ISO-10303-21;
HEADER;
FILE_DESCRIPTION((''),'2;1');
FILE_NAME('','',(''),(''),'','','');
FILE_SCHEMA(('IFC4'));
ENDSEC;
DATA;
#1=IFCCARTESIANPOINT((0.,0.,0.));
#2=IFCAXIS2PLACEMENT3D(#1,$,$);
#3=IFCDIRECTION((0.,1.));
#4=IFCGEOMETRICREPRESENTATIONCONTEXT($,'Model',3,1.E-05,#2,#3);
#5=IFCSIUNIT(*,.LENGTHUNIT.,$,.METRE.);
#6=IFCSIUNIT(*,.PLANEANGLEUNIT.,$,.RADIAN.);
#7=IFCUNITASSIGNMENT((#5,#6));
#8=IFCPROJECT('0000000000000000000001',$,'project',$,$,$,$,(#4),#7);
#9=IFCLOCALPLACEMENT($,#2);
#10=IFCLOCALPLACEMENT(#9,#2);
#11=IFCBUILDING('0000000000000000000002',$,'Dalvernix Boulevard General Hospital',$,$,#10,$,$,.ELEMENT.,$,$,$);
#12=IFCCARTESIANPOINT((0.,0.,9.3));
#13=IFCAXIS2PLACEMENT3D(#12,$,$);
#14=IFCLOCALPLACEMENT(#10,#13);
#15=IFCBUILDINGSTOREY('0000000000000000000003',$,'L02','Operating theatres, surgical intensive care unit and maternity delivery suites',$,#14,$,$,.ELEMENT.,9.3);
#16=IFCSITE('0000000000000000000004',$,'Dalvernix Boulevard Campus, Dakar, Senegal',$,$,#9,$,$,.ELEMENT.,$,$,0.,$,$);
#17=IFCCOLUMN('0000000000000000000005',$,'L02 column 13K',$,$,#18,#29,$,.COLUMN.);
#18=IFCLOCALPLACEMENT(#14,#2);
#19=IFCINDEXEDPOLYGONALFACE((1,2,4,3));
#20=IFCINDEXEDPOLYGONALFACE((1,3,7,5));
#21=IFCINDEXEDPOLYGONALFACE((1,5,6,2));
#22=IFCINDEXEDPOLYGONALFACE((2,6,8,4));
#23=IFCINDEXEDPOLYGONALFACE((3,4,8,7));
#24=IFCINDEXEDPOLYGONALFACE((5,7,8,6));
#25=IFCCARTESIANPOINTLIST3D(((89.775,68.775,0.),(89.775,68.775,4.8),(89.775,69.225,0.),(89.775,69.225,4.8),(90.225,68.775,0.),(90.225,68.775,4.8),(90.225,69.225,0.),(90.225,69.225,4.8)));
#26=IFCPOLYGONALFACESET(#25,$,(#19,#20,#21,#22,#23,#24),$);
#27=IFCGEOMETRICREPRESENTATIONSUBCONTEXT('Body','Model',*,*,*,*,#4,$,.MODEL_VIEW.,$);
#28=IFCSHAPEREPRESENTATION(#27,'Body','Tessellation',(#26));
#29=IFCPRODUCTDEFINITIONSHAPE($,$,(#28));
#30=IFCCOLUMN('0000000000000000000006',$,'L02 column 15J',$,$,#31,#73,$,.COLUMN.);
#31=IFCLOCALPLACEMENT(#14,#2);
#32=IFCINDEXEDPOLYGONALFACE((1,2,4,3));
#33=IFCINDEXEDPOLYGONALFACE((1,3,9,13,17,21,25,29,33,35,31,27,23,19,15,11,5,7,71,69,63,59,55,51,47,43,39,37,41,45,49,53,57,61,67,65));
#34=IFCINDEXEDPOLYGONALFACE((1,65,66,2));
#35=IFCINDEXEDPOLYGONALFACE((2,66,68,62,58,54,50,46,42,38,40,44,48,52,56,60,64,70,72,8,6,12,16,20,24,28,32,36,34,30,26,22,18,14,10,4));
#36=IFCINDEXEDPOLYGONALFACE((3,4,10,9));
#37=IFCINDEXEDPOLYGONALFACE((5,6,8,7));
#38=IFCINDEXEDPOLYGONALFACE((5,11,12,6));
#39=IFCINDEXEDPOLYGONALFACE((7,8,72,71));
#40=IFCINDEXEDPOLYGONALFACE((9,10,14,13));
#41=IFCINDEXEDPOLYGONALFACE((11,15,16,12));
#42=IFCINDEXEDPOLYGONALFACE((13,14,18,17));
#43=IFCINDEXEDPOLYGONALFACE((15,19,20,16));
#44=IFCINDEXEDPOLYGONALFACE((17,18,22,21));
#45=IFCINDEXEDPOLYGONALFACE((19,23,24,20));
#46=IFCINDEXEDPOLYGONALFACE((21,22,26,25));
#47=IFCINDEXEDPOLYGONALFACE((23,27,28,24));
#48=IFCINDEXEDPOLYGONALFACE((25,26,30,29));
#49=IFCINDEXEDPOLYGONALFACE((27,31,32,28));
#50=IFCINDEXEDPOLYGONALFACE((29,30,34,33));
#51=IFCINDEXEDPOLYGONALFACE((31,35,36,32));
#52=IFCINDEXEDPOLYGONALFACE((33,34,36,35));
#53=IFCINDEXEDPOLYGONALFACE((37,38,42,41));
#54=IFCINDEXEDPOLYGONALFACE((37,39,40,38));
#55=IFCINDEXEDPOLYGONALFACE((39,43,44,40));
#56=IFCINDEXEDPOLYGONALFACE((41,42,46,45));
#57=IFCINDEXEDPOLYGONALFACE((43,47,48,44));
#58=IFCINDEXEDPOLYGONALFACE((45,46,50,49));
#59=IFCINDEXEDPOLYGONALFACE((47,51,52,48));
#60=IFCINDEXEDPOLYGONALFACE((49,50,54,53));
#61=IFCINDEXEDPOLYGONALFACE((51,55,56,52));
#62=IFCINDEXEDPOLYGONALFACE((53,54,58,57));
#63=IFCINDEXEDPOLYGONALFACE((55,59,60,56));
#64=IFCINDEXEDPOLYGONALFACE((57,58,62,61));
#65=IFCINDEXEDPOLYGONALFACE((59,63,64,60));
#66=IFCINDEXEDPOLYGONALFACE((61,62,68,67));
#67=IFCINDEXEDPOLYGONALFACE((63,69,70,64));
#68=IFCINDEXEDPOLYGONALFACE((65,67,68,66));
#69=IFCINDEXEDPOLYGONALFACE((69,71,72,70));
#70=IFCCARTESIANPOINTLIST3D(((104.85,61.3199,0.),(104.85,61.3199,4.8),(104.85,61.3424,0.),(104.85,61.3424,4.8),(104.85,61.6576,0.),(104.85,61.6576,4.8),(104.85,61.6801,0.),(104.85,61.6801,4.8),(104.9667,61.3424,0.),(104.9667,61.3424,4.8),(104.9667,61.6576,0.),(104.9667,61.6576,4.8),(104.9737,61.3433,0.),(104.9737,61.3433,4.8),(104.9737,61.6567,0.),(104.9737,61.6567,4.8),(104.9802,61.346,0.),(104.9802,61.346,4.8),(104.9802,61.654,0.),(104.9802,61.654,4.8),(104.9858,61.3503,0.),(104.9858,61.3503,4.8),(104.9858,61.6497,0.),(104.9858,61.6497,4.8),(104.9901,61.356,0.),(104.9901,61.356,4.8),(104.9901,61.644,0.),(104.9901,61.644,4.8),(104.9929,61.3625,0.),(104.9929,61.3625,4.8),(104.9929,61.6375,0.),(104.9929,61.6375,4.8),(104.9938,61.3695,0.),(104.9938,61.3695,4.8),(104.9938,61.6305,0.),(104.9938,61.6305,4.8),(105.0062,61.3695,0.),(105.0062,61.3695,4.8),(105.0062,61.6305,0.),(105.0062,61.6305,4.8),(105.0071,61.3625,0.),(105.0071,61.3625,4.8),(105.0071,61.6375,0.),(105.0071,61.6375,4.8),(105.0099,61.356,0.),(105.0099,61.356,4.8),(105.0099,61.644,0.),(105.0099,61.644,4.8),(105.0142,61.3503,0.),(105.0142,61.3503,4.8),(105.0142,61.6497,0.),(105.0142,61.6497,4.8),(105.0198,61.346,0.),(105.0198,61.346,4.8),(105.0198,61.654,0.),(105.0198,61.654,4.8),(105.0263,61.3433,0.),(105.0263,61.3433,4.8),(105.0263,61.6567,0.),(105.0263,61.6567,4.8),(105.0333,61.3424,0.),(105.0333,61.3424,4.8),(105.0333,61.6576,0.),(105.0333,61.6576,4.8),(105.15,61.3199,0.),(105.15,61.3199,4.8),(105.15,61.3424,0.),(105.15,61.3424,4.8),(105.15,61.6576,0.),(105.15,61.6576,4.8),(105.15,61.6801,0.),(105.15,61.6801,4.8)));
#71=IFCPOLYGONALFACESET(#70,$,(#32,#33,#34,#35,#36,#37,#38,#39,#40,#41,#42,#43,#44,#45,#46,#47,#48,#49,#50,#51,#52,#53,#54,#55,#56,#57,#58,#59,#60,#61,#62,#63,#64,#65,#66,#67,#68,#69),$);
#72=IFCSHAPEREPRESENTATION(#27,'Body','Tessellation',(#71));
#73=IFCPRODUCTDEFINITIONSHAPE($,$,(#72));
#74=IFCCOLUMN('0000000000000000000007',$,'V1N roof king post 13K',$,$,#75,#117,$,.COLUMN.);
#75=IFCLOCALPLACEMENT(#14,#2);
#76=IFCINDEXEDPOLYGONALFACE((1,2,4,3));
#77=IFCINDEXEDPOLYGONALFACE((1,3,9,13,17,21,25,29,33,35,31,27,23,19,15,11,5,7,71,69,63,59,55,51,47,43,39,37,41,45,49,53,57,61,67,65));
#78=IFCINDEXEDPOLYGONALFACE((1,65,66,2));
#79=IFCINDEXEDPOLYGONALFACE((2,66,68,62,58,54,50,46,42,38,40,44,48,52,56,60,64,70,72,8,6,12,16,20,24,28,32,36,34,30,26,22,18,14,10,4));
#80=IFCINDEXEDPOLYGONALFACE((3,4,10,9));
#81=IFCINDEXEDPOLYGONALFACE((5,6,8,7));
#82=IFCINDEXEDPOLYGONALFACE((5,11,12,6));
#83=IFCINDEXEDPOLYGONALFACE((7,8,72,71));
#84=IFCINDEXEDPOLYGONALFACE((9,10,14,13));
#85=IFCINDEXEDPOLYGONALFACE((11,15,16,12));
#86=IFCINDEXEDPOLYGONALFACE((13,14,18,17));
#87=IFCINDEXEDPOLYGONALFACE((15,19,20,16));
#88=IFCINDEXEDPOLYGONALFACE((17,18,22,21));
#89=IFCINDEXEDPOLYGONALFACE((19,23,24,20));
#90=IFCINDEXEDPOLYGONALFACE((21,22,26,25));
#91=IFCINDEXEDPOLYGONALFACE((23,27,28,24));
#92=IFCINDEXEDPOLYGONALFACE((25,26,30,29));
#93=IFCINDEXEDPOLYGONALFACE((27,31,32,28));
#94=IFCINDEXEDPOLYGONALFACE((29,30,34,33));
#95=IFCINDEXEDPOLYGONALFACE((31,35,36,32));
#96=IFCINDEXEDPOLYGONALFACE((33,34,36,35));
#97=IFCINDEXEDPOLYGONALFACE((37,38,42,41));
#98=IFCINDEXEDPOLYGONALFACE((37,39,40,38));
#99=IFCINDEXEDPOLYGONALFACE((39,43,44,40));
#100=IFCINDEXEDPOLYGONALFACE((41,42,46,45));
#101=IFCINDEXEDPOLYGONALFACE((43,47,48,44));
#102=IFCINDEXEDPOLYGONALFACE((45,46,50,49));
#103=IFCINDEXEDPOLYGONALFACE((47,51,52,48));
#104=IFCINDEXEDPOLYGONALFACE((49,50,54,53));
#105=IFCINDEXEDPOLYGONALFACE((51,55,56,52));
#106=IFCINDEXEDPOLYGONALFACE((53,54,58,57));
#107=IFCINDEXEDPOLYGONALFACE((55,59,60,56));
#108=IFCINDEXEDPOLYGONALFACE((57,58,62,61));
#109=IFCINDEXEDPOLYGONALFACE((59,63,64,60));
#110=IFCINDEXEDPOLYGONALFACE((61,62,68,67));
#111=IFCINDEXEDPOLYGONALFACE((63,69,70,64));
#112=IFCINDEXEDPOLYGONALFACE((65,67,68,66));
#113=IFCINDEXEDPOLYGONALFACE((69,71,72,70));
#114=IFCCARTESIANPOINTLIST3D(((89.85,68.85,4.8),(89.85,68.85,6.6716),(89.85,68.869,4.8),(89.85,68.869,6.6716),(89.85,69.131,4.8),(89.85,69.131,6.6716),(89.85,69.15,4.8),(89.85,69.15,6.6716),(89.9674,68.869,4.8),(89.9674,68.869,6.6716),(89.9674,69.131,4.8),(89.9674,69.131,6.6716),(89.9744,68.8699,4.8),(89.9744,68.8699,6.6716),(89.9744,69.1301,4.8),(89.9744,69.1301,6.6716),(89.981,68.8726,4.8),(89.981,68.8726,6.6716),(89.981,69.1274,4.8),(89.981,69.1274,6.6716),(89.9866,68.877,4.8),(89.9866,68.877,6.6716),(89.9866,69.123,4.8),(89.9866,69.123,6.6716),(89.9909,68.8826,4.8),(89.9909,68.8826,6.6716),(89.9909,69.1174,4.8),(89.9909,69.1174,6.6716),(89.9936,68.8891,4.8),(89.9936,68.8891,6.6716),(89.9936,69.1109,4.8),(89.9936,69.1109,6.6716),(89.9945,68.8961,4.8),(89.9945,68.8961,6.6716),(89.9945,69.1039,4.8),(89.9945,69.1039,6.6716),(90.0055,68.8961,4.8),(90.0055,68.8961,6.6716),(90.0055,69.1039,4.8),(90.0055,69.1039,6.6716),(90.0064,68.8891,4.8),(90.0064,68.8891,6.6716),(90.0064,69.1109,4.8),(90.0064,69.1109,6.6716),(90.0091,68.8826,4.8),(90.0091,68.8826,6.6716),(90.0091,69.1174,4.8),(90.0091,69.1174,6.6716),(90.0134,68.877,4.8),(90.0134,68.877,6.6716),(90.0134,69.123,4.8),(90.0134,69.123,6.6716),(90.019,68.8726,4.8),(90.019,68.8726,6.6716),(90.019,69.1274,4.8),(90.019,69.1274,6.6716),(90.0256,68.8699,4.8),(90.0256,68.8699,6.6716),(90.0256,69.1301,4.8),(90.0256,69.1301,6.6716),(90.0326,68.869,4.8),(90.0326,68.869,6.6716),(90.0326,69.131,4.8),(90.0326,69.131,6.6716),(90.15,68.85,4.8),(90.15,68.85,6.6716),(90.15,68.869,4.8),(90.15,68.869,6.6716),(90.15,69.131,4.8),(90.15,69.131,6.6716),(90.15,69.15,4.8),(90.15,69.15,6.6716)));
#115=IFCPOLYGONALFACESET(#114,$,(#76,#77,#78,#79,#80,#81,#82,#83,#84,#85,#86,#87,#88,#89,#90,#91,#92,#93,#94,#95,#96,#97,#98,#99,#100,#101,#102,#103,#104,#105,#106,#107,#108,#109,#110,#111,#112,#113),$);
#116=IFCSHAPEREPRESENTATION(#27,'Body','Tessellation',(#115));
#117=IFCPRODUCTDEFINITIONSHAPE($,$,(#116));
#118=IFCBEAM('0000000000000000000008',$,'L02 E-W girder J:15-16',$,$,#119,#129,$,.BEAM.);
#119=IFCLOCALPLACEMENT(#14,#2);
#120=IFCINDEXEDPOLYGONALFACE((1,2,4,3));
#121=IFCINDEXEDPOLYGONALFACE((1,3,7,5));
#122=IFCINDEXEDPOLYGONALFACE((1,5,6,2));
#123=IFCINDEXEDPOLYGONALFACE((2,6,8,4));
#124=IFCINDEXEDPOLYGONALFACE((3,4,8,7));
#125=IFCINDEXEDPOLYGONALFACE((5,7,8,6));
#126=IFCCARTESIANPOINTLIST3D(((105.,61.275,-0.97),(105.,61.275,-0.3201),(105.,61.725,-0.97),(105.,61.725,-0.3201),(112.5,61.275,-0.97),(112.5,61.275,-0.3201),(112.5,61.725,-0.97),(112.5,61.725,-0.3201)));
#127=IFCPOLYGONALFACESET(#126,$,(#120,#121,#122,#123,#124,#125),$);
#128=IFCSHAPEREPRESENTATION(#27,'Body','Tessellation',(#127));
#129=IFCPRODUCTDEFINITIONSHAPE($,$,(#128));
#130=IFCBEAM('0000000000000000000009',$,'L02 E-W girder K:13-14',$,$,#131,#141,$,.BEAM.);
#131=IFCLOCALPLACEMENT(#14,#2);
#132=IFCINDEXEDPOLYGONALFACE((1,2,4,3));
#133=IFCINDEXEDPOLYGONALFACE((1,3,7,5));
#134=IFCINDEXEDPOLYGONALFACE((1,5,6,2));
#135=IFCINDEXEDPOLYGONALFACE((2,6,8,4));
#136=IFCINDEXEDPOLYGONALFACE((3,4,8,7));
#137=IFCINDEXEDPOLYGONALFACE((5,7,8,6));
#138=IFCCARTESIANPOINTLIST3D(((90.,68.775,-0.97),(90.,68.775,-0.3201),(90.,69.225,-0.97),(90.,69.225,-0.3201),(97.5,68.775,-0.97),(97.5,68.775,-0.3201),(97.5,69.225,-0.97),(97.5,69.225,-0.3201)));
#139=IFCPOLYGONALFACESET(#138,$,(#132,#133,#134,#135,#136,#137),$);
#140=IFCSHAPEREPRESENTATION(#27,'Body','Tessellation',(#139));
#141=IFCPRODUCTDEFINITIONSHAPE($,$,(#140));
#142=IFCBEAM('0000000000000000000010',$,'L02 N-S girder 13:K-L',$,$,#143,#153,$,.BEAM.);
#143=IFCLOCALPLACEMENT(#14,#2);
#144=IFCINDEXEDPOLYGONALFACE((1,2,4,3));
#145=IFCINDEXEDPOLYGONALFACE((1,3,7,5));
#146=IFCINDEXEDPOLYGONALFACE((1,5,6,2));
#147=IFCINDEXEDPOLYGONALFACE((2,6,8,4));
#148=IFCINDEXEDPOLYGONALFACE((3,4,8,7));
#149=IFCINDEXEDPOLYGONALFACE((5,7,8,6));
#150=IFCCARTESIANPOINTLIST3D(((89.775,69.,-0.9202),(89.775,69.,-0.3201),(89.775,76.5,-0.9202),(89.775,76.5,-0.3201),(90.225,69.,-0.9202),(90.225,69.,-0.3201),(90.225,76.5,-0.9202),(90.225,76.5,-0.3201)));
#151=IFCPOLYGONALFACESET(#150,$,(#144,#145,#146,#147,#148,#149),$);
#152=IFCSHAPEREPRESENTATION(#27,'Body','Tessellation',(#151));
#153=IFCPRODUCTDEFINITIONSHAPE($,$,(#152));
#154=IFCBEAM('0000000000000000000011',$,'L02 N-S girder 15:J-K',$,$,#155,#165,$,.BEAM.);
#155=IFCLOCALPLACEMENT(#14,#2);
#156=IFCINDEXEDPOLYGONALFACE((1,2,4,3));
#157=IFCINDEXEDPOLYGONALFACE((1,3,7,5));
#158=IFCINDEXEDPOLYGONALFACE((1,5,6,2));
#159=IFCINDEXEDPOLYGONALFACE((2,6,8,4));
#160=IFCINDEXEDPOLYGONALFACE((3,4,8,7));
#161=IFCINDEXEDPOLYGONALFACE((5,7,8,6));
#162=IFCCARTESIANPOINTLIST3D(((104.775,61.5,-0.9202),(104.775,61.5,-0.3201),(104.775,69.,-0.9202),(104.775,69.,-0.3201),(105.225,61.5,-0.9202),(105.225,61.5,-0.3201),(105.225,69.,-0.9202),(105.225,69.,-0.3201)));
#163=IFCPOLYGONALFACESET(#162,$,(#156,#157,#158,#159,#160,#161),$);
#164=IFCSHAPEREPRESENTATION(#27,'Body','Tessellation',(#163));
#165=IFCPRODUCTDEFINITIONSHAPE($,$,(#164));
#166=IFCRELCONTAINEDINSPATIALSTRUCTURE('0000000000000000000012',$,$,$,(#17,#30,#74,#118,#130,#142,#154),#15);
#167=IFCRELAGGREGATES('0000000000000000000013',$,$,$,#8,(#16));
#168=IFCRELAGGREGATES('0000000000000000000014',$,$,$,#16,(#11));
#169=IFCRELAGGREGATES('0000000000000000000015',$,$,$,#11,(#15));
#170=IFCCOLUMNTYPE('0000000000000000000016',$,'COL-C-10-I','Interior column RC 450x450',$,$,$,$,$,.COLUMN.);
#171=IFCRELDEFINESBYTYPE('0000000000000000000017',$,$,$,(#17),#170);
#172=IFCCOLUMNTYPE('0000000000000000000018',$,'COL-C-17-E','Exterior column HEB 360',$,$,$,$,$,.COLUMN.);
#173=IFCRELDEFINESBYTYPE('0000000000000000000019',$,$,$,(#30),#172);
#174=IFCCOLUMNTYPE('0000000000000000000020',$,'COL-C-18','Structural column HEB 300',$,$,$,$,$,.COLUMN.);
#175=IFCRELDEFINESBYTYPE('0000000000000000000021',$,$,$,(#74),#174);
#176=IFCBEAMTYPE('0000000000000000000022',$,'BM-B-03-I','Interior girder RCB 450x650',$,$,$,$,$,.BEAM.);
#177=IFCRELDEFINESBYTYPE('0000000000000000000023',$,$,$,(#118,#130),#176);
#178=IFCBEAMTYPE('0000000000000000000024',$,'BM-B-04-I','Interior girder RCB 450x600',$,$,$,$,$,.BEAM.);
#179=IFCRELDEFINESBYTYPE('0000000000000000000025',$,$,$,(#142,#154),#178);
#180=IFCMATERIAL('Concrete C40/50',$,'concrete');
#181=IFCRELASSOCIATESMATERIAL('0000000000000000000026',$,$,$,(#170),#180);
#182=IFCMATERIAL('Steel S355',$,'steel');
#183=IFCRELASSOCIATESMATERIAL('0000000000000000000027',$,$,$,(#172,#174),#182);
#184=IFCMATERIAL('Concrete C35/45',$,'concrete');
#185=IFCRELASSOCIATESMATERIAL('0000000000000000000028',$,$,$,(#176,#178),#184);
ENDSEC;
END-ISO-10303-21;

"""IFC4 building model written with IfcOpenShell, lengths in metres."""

from ifc_helpers import new_model, si_unit, direction, frame, origin, origin_2d, place, context, subcontext, project, spatial, rectangle, i_section, extrude, material, material_profile, profile_set, type_object, element, save


model = new_model("IFC4")

# Units and contexts
model_context = context("Model", 3, precision=1e-05, world=origin(), true_north=direction((0.0, 1.0)))
body_context = subcontext(model_context, "Body", "Model", "MODEL_VIEW")
ifc_project = project(units=[si_unit("LENGTHUNIT", "METRE"), si_unit("PLANEANGLEUNIT", "RADIAN")], contexts=[model_context])

# Site, building, storey
site_placement = place(None, origin())
site = spatial("IfcSite", under=ifc_project, at=site_placement, Name="Dalvernix Boulevard Campus, Dakar, Senegal", CompositionType="ELEMENT", RefElevation=0.0)
building_placement = place(site_placement, origin())
building = spatial("IfcBuilding", under=site, at=building_placement, Name="Dalvernix Boulevard General Hospital", CompositionType="ELEMENT")
storey_placement = place(building_placement, frame((0.0, 0.0, 9.3)))
storey = spatial("IfcBuildingStorey", under=building, at=storey_placement, Name="L02", Description="Operating theatres, surgical intensive care unit and maternity delivery suites", CompositionType="ELEMENT", Elevation=9.3)

# Columns
ifc_material_1 = material(Name="Concrete C40/50", Category="concrete")
ifc_material_profile_1 = material_profile(ifc_material_1, rectangle(XDim=0.45, YDim=0.45, at=origin_2d()), Name="RC 450x450")
ifc_profile_set_1 = profile_set([ifc_material_profile_1], Name="Concrete C40/50")
column_type_1 = type_object("IfcColumnType", Name="COL-C-10-I", Description="Interior column RC 450x450", PredefinedType="COLUMN", material=ifc_profile_set_1)
column_1_placement = place(storey_placement, frame((90.0, 69.0, 0.0), z_axis=(0.0, 0.0, 1.0), x_axis=(1.0, 0.0, 0.0)))
element("IfcColumn", 1, at=column_1_placement, inside=storey, type_object=column_type_1, Name="L02 column 13K", PredefinedType="COLUMN", context=body_context, shape_type="SweptSolid", body=[
    extrude(rectangle(XDim=0.45, YDim=0.45, at=origin_2d()), origin(), (0.0, 0.0, 1.0), 4.8),
])
ifc_material_2 = material(Name="Steel S355", Category="steel")
ifc_material_profile_2 = material_profile(ifc_material_2, i_section(OverallWidth=0.3, OverallDepth=0.3601, WebThickness=0.0125, FlangeThickness=0.0225, FilletRadius=0.0271, at=origin_2d()), Name="HEB 360")
ifc_profile_set_2 = profile_set([ifc_material_profile_2], Name="Steel S355")
column_type_2 = type_object("IfcColumnType", Name="COL-C-17-E", Description="Exterior column HEB 360", PredefinedType="COLUMN", material=ifc_profile_set_2)
column_2_placement = place(storey_placement, frame((105.0, 61.5, 0.0), z_axis=(0.0, 0.0, 1.0), x_axis=(1.0, 0.0, 0.0)))
element("IfcColumn", 2, at=column_2_placement, inside=storey, type_object=column_type_2, Name="L02 column 15J", PredefinedType="COLUMN", context=body_context, shape_type="SweptSolid", body=[
    extrude(i_section(OverallWidth=0.3, OverallDepth=0.3601, WebThickness=0.0125, FlangeThickness=0.0225, FilletRadius=0.0271, at=origin_2d()), origin(), (0.0, 0.0, 1.0), 4.8),
])
ifc_material_profile_3 = material_profile(ifc_material_2, i_section(OverallWidth=0.3, OverallDepth=0.3, WebThickness=0.011, FlangeThickness=0.019, FilletRadius=0.0271, at=origin_2d()), Name="HEB 300")
ifc_profile_set_3 = profile_set([ifc_material_profile_3], Name="Steel S355")
column_type_3 = type_object("IfcColumnType", Name="COL-C-18", Description="Structural column HEB 300", PredefinedType="COLUMN", material=ifc_profile_set_3)
column_3_placement = place(storey_placement, frame((90.0, 69.0, 4.8), z_axis=(0.0, 0.0, 1.0), x_axis=(1.0, 0.0, 0.0)))
element("IfcColumn", 3, at=column_3_placement, inside=storey, type_object=column_type_3, Name="V1N roof king post 13K", PredefinedType="COLUMN", context=body_context, shape_type="SweptSolid", body=[
    extrude(i_section(OverallWidth=0.3, OverallDepth=0.3, WebThickness=0.011, FlangeThickness=0.019, FilletRadius=0.0271, at=origin_2d()), origin(), (0.0, 0.0, 1.0), 1.8716),
])

# Beams
ifc_material_3 = material(Name="Concrete C35/45", Category="concrete")
ifc_material_profile_4 = material_profile(ifc_material_3, rectangle(XDim=0.45, YDim=0.6499, at=origin_2d()), Name="RCB 450x650")
ifc_profile_set_4 = profile_set([ifc_material_profile_4], Name="Concrete C35/45")
beam_type_1 = type_object("IfcBeamType", Name="BM-B-03-I", Description="Interior girder RCB 450x650", PredefinedType="BEAM", material=ifc_profile_set_4)
for number, where, z_axis, x_axis, name in (
    (4, (105.0, 61.5, -0.645), (1.0, 0.0, 0.0), (0.0, 1.0, 0.0), "L02 E-W girder J:15-16"),
    (5, (90.0, 69.0, -0.645), (1.0, 0.0, 0.0), (0.0, 1.0, 0.0), "L02 E-W girder K:13-14"),
):
    element("IfcBeam", number, at=place(storey_placement, frame(where, z_axis=z_axis, x_axis=x_axis)), inside=storey, type_object=beam_type_1, Name=name, PredefinedType="BEAM", context=body_context, shape_type="SweptSolid", body=[
        extrude(rectangle(XDim=0.45, YDim=0.6499, at=origin_2d()), origin(), (0.0, 0.0, 1.0), 7.5),
    ])
ifc_material_profile_5 = material_profile(ifc_material_3, rectangle(XDim=0.45, YDim=0.6001, at=origin_2d()), Name="RCB 450x600")
ifc_profile_set_5 = profile_set([ifc_material_profile_5], Name="Concrete C35/45")
beam_type_2 = type_object("IfcBeamType", Name="BM-B-04-I", Description="Interior girder RCB 450x600", PredefinedType="BEAM", material=ifc_profile_set_5)
for number, where, z_axis, x_axis, name in (
    (6, (90.0, 69.0, -0.6201), (0.0, 1.0, 0.0), (-1.0, 0.0, 0.0), "L02 N-S girder 13:K-L"),
    (7, (105.0, 61.5, -0.6201), (0.0, 1.0, 0.0), (-1.0, 0.0, 0.0), "L02 N-S girder 15:J-K"),
):
    element("IfcBeam", number, at=place(storey_placement, frame(where, z_axis=z_axis, x_axis=x_axis)), inside=storey, type_object=beam_type_2, Name=name, PredefinedType="BEAM", context=body_context, shape_type="SweptSolid", body=[
        extrude(rectangle(XDim=0.45, YDim=0.6001, at=origin_2d()), origin(), (0.0, 0.0, 1.0), 7.5),
    ])

save(model, "model.ifc")
